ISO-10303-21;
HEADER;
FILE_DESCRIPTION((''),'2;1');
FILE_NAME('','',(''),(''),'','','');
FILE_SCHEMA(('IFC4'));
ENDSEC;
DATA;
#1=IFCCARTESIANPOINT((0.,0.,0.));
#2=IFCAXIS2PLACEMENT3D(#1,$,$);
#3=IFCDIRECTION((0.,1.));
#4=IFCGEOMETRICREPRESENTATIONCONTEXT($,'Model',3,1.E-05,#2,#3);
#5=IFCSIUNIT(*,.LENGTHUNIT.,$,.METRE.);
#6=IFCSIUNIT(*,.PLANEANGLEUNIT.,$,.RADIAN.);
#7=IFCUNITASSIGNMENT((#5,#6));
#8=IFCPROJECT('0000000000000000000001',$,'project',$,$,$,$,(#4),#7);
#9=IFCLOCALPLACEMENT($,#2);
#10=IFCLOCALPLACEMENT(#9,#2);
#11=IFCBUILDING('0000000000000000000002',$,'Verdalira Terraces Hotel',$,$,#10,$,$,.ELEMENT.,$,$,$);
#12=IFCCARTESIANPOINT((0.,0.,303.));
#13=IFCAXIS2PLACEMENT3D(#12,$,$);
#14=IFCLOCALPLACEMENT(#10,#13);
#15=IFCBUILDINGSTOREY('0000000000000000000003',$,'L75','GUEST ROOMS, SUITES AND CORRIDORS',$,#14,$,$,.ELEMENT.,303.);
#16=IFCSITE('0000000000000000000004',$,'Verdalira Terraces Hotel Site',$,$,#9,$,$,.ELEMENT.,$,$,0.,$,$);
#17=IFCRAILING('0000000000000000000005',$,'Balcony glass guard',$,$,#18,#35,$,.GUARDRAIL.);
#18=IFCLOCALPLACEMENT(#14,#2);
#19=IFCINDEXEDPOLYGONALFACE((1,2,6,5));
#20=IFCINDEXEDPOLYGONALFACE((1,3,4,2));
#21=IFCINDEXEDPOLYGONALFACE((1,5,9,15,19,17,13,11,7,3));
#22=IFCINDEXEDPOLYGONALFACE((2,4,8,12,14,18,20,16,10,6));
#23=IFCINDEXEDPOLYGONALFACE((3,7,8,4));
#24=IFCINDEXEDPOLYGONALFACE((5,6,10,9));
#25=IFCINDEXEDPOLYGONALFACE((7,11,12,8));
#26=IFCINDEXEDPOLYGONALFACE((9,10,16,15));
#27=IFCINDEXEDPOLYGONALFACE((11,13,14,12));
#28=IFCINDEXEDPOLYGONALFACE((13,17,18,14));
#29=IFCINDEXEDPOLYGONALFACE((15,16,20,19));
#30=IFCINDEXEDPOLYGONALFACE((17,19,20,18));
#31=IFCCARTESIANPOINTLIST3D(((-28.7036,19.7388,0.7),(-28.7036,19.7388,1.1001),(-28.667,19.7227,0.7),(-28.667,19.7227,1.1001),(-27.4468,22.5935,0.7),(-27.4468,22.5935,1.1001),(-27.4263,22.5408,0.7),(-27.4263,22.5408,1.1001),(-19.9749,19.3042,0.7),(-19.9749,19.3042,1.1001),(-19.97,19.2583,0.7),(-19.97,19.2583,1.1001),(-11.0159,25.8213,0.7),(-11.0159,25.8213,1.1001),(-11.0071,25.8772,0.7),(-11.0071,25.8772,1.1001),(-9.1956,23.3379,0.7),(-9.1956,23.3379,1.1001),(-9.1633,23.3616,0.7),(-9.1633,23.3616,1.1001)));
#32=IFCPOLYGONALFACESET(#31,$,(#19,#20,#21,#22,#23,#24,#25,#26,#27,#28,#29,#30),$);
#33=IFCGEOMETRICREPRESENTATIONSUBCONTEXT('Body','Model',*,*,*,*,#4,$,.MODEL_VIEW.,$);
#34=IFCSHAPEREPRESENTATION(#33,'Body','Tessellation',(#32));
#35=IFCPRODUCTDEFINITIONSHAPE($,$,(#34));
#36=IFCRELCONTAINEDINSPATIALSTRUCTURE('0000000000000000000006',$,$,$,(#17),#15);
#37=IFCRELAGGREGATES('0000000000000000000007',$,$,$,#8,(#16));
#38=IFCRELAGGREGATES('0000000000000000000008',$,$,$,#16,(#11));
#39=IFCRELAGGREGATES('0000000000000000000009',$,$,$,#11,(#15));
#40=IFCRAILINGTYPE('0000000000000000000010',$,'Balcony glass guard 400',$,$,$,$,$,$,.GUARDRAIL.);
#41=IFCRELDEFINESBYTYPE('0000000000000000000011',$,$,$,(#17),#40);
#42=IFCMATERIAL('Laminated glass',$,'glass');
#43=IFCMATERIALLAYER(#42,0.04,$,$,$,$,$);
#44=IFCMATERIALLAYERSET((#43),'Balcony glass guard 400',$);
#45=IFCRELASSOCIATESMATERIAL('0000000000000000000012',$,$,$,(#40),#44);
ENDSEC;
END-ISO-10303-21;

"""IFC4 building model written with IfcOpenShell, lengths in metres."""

from ifc_helpers import new_model, si_unit, direction, frame, origin, place, context, subcontext, project, spatial, polyline, outline, extrude, material, layer, layer_set, type_object, element, save


model = new_model("IFC4")

# Units and contexts
model_context = context("Model", 3, precision=1e-05, world=origin(), true_north=direction((0.0, 1.0)))
body_context = subcontext(model_context, "Body", "Model", "MODEL_VIEW")
ifc_project = project(units=[si_unit("LENGTHUNIT", "METRE"), si_unit("PLANEANGLEUNIT", "RADIAN")], contexts=[model_context])

# Site, building, storey
site_placement = place(None, origin())
site = spatial("IfcSite", under=ifc_project, at=site_placement, Name="Verdalira Terraces Hotel Site", CompositionType="ELEMENT", RefElevation=0.0)
building_placement = place(site_placement, origin())
building = spatial("IfcBuilding", under=site, at=building_placement, Name="Verdalira Terraces Hotel", CompositionType="ELEMENT")
storey_placement = place(building_placement, frame((0.0, 0.0, 303.0)))
storey = spatial("IfcBuildingStorey", under=building, at=storey_placement, Name="L75", Description="GUEST ROOMS, SUITES AND CORRIDORS", CompositionType="ELEMENT", Elevation=303.0)

# Railing
ifc_material_1 = material(Name="Laminated glass", Category="glass")
ifc_layer_1 = layer(ifc_material_1, 0.04)
ifc_layer_set_1 = layer_set([ifc_layer_1], Name="Balcony glass guard 400")
railing_type_1 = type_object("IfcRailingType", Name="Balcony glass guard 400", PredefinedType="GUARDRAIL", material=ifc_layer_set_1)
railing_1_placement = place(storey_placement, frame((0.0, 0.0, 0.7)))
element("IfcRailing", 1, at=railing_1_placement, inside=storey, type_object=railing_type_1, Name="Balcony glass guard", PredefinedType="GUARDRAIL", context=body_context, shape_type="SweptSolid", body=[
    extrude(outline(polyline([(-11.0159, 25.8213), (-19.97, 19.2583), (-27.4263, 22.5408), (-28.667, 19.7227), (-28.7036, 19.7388), (-27.4468, 22.5935), (-19.9749, 19.3042), (-11.0071, 25.8772), (-9.1633, 23.3616), (-9.1956, 23.3379), (-11.0159, 25.8213)])), origin(), (0.0, 0.0, 1.0), 0.4001),
])

save(model, "model.ifc")
